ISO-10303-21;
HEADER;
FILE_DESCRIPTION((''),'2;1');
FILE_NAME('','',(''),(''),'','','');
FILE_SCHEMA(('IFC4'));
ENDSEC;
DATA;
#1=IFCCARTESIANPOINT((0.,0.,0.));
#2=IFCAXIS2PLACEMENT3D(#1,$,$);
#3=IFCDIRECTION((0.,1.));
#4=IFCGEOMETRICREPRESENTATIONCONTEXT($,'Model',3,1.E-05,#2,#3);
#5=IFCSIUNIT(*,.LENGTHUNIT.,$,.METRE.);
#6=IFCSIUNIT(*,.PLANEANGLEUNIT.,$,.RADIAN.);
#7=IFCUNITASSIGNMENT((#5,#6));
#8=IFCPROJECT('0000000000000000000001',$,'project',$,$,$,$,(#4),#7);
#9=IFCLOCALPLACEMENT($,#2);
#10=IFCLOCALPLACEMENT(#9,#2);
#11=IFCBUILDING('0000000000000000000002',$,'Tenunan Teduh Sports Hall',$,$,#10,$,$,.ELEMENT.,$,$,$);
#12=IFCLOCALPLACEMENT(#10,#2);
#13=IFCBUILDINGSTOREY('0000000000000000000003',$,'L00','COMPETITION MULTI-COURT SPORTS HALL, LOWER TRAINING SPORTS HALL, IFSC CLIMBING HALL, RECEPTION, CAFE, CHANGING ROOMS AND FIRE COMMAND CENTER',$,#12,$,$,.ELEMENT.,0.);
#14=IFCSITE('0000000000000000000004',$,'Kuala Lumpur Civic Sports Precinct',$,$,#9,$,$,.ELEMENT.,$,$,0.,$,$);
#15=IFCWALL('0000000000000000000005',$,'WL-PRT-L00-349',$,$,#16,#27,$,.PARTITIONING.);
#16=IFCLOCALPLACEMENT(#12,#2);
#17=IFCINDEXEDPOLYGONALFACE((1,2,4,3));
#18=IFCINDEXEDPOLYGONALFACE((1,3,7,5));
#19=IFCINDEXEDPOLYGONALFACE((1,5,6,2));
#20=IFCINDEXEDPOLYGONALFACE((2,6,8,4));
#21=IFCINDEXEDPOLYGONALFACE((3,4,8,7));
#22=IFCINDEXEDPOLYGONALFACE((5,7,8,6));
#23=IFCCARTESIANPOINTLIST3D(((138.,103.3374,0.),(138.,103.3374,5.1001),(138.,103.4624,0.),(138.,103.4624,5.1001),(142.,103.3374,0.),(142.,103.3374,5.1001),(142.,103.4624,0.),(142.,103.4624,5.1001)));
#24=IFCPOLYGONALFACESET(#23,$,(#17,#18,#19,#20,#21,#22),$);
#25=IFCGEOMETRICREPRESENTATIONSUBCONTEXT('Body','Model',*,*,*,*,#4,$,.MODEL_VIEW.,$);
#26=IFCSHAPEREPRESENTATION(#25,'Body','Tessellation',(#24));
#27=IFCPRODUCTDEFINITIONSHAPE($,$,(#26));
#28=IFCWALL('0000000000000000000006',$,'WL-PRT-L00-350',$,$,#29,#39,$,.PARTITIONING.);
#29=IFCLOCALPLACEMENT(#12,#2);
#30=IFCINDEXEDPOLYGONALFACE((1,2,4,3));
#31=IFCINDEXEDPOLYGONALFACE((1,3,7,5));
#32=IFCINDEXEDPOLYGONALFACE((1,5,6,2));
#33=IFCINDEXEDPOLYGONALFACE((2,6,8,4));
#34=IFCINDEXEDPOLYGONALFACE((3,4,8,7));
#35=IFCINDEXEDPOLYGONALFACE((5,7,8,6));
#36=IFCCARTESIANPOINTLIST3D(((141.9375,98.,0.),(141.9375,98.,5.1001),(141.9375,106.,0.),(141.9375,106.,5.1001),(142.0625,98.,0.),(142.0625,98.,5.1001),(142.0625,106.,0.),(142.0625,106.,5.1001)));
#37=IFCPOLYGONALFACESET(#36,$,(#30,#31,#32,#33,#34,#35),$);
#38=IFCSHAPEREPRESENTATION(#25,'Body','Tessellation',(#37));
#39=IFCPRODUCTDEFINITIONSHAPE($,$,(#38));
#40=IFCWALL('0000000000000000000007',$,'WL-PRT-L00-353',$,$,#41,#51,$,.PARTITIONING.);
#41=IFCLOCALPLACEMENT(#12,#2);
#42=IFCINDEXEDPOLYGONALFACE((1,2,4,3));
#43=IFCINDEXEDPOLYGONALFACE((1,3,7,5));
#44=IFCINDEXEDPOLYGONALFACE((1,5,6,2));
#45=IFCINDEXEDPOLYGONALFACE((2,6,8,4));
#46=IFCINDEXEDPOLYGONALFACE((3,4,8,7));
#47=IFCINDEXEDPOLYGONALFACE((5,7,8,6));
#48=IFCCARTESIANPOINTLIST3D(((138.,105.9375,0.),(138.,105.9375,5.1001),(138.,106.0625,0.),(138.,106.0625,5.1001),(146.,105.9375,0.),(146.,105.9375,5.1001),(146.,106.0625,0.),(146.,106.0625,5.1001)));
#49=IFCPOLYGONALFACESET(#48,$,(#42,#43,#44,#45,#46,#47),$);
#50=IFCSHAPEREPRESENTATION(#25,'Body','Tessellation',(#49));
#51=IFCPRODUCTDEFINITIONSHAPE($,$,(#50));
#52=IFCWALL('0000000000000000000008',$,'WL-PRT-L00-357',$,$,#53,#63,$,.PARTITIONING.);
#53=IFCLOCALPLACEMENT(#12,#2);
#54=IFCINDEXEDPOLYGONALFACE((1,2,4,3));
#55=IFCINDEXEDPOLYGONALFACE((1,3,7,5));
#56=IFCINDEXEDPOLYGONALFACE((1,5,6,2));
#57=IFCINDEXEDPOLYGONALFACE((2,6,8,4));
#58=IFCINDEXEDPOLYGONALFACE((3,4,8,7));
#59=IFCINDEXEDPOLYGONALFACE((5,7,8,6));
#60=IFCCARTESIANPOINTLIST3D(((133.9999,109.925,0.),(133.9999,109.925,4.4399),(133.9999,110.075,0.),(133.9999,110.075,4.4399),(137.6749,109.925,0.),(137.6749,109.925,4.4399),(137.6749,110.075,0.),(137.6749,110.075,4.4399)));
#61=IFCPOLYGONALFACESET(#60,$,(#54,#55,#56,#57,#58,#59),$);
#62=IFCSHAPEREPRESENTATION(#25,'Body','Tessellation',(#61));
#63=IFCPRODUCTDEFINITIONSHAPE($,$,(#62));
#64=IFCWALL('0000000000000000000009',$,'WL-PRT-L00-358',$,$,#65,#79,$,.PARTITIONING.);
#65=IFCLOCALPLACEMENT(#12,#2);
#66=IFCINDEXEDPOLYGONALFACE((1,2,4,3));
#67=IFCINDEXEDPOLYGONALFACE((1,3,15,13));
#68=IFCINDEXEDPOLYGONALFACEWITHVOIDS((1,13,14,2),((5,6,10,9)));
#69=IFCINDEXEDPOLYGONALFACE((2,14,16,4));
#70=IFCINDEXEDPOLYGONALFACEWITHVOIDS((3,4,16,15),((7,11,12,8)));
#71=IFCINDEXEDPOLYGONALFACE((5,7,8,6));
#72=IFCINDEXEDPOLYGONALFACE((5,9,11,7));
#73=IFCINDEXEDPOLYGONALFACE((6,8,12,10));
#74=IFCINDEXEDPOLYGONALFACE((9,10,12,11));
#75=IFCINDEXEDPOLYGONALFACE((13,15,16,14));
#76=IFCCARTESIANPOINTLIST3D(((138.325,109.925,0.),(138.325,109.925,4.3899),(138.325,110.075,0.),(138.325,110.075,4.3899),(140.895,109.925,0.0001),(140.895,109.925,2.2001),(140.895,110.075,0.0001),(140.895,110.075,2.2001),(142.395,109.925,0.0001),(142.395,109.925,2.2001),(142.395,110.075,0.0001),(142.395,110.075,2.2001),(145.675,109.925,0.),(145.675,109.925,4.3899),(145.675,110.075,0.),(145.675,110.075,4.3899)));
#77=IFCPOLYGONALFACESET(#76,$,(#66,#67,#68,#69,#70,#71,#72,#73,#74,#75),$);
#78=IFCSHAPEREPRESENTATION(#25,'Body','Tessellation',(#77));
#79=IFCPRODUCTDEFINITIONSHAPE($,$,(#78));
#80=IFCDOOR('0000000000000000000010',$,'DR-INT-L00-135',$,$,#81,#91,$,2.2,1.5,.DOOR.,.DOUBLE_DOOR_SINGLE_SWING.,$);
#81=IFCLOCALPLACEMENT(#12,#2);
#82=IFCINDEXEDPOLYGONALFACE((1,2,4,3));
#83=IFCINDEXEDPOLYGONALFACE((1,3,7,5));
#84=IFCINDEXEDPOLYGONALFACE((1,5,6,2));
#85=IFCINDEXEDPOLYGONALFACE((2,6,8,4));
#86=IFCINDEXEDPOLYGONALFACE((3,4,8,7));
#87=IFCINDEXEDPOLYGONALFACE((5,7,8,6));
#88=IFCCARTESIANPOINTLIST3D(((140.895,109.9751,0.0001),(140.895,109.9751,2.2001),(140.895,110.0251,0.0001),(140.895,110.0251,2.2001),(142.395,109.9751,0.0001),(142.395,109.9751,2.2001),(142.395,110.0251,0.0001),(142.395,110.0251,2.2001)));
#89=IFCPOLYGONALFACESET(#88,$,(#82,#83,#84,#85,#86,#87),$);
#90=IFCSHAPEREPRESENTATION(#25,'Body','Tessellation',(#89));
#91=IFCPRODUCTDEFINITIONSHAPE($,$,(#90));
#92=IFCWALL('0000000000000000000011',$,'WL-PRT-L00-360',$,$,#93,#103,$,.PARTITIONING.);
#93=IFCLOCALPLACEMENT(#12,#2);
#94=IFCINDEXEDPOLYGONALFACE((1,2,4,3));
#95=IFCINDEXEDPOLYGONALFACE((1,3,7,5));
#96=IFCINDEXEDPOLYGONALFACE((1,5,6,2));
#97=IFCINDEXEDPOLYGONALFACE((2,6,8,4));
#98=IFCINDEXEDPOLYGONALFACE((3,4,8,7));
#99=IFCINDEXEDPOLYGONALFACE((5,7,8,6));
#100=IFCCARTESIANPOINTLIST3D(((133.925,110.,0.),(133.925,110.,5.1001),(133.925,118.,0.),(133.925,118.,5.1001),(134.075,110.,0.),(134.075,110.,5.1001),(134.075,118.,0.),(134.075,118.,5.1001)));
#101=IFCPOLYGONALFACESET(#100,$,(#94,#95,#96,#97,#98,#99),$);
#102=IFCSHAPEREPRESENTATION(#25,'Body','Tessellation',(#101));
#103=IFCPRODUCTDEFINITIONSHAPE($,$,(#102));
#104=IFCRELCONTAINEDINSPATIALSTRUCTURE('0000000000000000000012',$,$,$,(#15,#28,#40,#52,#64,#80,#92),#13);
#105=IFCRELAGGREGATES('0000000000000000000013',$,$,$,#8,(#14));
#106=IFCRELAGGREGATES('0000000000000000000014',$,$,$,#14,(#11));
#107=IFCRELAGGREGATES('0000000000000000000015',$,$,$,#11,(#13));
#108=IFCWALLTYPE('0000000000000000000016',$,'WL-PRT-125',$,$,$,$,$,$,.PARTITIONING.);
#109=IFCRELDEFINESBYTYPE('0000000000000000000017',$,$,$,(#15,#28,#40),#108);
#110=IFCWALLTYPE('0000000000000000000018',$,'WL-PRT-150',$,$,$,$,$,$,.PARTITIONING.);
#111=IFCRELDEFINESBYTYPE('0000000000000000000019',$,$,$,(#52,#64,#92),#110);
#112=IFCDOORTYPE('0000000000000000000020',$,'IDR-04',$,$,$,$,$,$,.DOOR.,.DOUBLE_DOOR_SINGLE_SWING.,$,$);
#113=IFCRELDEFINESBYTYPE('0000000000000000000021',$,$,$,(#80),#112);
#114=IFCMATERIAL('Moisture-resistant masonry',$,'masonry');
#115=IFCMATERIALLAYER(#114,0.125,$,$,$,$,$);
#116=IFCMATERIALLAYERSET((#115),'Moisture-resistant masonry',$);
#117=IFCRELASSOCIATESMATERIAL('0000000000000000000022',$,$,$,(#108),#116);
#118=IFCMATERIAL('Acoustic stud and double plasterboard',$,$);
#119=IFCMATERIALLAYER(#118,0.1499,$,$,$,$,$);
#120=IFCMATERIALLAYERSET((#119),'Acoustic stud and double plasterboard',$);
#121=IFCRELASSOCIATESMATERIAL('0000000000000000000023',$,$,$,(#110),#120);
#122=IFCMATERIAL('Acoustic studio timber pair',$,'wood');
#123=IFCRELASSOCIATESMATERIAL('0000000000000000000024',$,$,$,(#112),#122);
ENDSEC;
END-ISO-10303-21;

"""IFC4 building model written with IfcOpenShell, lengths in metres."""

from ifc_helpers import new_model, si_unit, direction, frame, frame_2d, origin, place, context, subcontext, project, spatial, rectangle, extrude, material, layer, layer_set, type_object, element, fill, save


model = new_model("IFC4")

# Units and contexts
model_context = context("Model", 3, precision=1e-05, world=origin(), true_north=direction((0.0, 1.0)))
body_context = subcontext(model_context, "Body", "Model", "MODEL_VIEW")
ifc_project = project(units=[si_unit("LENGTHUNIT", "METRE"), si_unit("PLANEANGLEUNIT", "RADIAN")], contexts=[model_context])

# Site, building, storey
site_placement = place(None, origin())
site = spatial("IfcSite", under=ifc_project, at=site_placement, Name="Kuala Lumpur Civic Sports Precinct", CompositionType="ELEMENT", RefElevation=0.0)
building_placement = place(site_placement, origin())
building = spatial("IfcBuilding", under=site, at=building_placement, Name="Tenunan Teduh Sports Hall", CompositionType="ELEMENT")
storey_placement = place(building_placement, origin())
storey = spatial("IfcBuildingStorey", under=building, at=storey_placement, Name="L00", Description="COMPETITION MULTI-COURT SPORTS HALL, LOWER TRAINING SPORTS HALL, IFSC CLIMBING HALL, RECEPTION, CAFE, CHANGING ROOMS AND FIRE COMMAND CENTER", CompositionType="ELEMENT", Elevation=0.0)

# Shared definitions
ifc_material_1 = material(Name="Moisture-resistant masonry", Category="masonry")
ifc_layer_1 = layer(ifc_material_1, 0.125)
ifc_layer_set_1 = layer_set([ifc_layer_1], Name="Moisture-resistant masonry")
wall_type_1 = type_object("IfcWallType", Name="WL-PRT-125", PredefinedType="PARTITIONING", material=ifc_layer_set_1)

# Walls
wall_1_placement = place(storey_placement, frame((138.0, 103.3999, 0.0), z_axis=(0.0, 0.0, 1.0), x_axis=(1.0, 0.0, 0.0)))
element("IfcWall", 1, at=wall_1_placement, inside=storey, type_object=wall_type_1, Name="WL-PRT-L00-349", PredefinedType="PARTITIONING", context=body_context, shape_type="SweptSolid", body=[
    extrude(rectangle(XDim=4.0, YDim=0.125, at=frame_2d((2.0, 0.0))), origin(), (0.0, 0.0, 1.0), 5.1001),
])
for number, where, z_axis, x_axis, name in (
    (2, (142.0, 98.0, 0.0), (0.0, 0.0, 1.0), (0.0, 1.0, 0.0), "WL-PRT-L00-350"),
    (3, (138.0, 106.0, 0.0), (0.0, 0.0, 1.0), (1.0, 0.0, 0.0), "WL-PRT-L00-353"),
):
    element("IfcWall", number, at=place(storey_placement, frame(where, z_axis=z_axis, x_axis=x_axis)), inside=storey, type_object=wall_type_1, Name=name, PredefinedType="PARTITIONING", context=body_context, shape_type="SweptSolid", body=[
        extrude(rectangle(XDim=8.0, YDim=0.125, at=frame_2d((4.0, 0.0))), origin(), (0.0, 0.0, 1.0), 5.1001),
    ])
ifc_material_2 = material(Name="Acoustic stud and double plasterboard")
ifc_layer_2 = layer(ifc_material_2, 0.1499)
ifc_layer_set_2 = layer_set([ifc_layer_2], Name="Acoustic stud and double plasterboard")
wall_type_2 = type_object("IfcWallType", Name="WL-PRT-150", PredefinedType="PARTITIONING", material=ifc_layer_set_2)
wall_2_placement = place(storey_placement, frame((134.0, 110.0, 0.0), z_axis=(0.0, 0.0, 1.0), x_axis=(1.0, 0.0, 0.0)))
element("IfcWall", 4, at=wall_2_placement, inside=storey, type_object=wall_type_2, Name="WL-PRT-L00-357", PredefinedType="PARTITIONING", context=body_context, shape_type="SweptSolid", body=[
    extrude(rectangle(XDim=3.675, YDim=0.1499, at=frame_2d((1.8374, 0.0))), origin(), (0.0, 0.0, 1.0), 4.4399),
])

# Wall, opening, door
wall_3_placement = place(storey_placement, frame((138.325, 110.0, 0.0), z_axis=(0.0, 0.0, 1.0), x_axis=(1.0, 0.0, 0.0)))
wall_3 = element("IfcWall", 5, at=wall_3_placement, inside=storey, type_object=wall_type_2, Name="WL-PRT-L00-358", PredefinedType="PARTITIONING", context=body_context, shape_type="SweptSolid", body=[
    extrude(rectangle(XDim=7.3501, YDim=0.1499, at=frame_2d((3.675, 0.0))), origin(), (0.0, 0.0, 1.0), 4.3899),
])
opening_1_placement = place(wall_3_placement, frame((2.5701, 0.0, 0.0)))
opening_1 = element("IfcOpeningElement", 6, at=opening_1_placement, cuts=wall_3, PredefinedType="OPENING", context=body_context, shape_type="SweptSolid", body=[
    extrude(rectangle(XDim=1.5, YDim=2.2, at=frame_2d((0.75, 1.1001))), frame((0.0, 0.085, 0.0), z_axis=(0.0, -1.0, 0.0), x_axis=(1.0, 0.0, 0.0)), (0.0, 0.0, 1.0), 0.1699),
])
ifc_material_3 = material(Name="Acoustic studio timber pair", Category="wood")
door_type_1 = type_object("IfcDoorType", Name="IDR-04", OperationType="DOUBLE_DOOR_SINGLE_SWING", PredefinedType="DOOR", material=ifc_material_3)
door_1_placement = place(opening_1_placement, frame((1.5, 0.0, 0.0), z_axis=(0.0, 0.0, 1.0), x_axis=(-1.0, 0.0, 0.0)))
door_1 = element("IfcDoor", 7, at=door_1_placement, inside=storey, type_object=door_type_1, Name="DR-INT-L00-135", OperationType="DOUBLE_DOOR_SINGLE_SWING", OverallHeight=2.2, OverallWidth=1.5, PredefinedType="DOOR", context=body_context, shape_type="SweptSolid", body=[
    extrude(rectangle(XDim=1.5, YDim=2.2, at=frame_2d((0.75, 1.1001))), frame((0.0, 0.0249, 0.0), z_axis=(0.0, -1.0, 0.0), x_axis=(1.0, 0.0, 0.0)), (0.0, 0.0, 1.0), 0.05),
])
fill(opening_1, door_1)

# Wall
wall_4_placement = place(storey_placement, frame((134.0, 110.0, 0.0), z_axis=(0.0, 0.0, 1.0), x_axis=(0.0, 1.0, 0.0)))
element("IfcWall", 8, at=wall_4_placement, inside=storey, type_object=wall_type_2, Name="WL-PRT-L00-360", PredefinedType="PARTITIONING", context=body_context, shape_type="SweptSolid", body=[
    extrude(rectangle(XDim=8.0, YDim=0.1499, at=frame_2d((4.0, 0.0))), origin(), (0.0, 0.0, 1.0), 5.1001),
])

save(model, "model.ifc")
